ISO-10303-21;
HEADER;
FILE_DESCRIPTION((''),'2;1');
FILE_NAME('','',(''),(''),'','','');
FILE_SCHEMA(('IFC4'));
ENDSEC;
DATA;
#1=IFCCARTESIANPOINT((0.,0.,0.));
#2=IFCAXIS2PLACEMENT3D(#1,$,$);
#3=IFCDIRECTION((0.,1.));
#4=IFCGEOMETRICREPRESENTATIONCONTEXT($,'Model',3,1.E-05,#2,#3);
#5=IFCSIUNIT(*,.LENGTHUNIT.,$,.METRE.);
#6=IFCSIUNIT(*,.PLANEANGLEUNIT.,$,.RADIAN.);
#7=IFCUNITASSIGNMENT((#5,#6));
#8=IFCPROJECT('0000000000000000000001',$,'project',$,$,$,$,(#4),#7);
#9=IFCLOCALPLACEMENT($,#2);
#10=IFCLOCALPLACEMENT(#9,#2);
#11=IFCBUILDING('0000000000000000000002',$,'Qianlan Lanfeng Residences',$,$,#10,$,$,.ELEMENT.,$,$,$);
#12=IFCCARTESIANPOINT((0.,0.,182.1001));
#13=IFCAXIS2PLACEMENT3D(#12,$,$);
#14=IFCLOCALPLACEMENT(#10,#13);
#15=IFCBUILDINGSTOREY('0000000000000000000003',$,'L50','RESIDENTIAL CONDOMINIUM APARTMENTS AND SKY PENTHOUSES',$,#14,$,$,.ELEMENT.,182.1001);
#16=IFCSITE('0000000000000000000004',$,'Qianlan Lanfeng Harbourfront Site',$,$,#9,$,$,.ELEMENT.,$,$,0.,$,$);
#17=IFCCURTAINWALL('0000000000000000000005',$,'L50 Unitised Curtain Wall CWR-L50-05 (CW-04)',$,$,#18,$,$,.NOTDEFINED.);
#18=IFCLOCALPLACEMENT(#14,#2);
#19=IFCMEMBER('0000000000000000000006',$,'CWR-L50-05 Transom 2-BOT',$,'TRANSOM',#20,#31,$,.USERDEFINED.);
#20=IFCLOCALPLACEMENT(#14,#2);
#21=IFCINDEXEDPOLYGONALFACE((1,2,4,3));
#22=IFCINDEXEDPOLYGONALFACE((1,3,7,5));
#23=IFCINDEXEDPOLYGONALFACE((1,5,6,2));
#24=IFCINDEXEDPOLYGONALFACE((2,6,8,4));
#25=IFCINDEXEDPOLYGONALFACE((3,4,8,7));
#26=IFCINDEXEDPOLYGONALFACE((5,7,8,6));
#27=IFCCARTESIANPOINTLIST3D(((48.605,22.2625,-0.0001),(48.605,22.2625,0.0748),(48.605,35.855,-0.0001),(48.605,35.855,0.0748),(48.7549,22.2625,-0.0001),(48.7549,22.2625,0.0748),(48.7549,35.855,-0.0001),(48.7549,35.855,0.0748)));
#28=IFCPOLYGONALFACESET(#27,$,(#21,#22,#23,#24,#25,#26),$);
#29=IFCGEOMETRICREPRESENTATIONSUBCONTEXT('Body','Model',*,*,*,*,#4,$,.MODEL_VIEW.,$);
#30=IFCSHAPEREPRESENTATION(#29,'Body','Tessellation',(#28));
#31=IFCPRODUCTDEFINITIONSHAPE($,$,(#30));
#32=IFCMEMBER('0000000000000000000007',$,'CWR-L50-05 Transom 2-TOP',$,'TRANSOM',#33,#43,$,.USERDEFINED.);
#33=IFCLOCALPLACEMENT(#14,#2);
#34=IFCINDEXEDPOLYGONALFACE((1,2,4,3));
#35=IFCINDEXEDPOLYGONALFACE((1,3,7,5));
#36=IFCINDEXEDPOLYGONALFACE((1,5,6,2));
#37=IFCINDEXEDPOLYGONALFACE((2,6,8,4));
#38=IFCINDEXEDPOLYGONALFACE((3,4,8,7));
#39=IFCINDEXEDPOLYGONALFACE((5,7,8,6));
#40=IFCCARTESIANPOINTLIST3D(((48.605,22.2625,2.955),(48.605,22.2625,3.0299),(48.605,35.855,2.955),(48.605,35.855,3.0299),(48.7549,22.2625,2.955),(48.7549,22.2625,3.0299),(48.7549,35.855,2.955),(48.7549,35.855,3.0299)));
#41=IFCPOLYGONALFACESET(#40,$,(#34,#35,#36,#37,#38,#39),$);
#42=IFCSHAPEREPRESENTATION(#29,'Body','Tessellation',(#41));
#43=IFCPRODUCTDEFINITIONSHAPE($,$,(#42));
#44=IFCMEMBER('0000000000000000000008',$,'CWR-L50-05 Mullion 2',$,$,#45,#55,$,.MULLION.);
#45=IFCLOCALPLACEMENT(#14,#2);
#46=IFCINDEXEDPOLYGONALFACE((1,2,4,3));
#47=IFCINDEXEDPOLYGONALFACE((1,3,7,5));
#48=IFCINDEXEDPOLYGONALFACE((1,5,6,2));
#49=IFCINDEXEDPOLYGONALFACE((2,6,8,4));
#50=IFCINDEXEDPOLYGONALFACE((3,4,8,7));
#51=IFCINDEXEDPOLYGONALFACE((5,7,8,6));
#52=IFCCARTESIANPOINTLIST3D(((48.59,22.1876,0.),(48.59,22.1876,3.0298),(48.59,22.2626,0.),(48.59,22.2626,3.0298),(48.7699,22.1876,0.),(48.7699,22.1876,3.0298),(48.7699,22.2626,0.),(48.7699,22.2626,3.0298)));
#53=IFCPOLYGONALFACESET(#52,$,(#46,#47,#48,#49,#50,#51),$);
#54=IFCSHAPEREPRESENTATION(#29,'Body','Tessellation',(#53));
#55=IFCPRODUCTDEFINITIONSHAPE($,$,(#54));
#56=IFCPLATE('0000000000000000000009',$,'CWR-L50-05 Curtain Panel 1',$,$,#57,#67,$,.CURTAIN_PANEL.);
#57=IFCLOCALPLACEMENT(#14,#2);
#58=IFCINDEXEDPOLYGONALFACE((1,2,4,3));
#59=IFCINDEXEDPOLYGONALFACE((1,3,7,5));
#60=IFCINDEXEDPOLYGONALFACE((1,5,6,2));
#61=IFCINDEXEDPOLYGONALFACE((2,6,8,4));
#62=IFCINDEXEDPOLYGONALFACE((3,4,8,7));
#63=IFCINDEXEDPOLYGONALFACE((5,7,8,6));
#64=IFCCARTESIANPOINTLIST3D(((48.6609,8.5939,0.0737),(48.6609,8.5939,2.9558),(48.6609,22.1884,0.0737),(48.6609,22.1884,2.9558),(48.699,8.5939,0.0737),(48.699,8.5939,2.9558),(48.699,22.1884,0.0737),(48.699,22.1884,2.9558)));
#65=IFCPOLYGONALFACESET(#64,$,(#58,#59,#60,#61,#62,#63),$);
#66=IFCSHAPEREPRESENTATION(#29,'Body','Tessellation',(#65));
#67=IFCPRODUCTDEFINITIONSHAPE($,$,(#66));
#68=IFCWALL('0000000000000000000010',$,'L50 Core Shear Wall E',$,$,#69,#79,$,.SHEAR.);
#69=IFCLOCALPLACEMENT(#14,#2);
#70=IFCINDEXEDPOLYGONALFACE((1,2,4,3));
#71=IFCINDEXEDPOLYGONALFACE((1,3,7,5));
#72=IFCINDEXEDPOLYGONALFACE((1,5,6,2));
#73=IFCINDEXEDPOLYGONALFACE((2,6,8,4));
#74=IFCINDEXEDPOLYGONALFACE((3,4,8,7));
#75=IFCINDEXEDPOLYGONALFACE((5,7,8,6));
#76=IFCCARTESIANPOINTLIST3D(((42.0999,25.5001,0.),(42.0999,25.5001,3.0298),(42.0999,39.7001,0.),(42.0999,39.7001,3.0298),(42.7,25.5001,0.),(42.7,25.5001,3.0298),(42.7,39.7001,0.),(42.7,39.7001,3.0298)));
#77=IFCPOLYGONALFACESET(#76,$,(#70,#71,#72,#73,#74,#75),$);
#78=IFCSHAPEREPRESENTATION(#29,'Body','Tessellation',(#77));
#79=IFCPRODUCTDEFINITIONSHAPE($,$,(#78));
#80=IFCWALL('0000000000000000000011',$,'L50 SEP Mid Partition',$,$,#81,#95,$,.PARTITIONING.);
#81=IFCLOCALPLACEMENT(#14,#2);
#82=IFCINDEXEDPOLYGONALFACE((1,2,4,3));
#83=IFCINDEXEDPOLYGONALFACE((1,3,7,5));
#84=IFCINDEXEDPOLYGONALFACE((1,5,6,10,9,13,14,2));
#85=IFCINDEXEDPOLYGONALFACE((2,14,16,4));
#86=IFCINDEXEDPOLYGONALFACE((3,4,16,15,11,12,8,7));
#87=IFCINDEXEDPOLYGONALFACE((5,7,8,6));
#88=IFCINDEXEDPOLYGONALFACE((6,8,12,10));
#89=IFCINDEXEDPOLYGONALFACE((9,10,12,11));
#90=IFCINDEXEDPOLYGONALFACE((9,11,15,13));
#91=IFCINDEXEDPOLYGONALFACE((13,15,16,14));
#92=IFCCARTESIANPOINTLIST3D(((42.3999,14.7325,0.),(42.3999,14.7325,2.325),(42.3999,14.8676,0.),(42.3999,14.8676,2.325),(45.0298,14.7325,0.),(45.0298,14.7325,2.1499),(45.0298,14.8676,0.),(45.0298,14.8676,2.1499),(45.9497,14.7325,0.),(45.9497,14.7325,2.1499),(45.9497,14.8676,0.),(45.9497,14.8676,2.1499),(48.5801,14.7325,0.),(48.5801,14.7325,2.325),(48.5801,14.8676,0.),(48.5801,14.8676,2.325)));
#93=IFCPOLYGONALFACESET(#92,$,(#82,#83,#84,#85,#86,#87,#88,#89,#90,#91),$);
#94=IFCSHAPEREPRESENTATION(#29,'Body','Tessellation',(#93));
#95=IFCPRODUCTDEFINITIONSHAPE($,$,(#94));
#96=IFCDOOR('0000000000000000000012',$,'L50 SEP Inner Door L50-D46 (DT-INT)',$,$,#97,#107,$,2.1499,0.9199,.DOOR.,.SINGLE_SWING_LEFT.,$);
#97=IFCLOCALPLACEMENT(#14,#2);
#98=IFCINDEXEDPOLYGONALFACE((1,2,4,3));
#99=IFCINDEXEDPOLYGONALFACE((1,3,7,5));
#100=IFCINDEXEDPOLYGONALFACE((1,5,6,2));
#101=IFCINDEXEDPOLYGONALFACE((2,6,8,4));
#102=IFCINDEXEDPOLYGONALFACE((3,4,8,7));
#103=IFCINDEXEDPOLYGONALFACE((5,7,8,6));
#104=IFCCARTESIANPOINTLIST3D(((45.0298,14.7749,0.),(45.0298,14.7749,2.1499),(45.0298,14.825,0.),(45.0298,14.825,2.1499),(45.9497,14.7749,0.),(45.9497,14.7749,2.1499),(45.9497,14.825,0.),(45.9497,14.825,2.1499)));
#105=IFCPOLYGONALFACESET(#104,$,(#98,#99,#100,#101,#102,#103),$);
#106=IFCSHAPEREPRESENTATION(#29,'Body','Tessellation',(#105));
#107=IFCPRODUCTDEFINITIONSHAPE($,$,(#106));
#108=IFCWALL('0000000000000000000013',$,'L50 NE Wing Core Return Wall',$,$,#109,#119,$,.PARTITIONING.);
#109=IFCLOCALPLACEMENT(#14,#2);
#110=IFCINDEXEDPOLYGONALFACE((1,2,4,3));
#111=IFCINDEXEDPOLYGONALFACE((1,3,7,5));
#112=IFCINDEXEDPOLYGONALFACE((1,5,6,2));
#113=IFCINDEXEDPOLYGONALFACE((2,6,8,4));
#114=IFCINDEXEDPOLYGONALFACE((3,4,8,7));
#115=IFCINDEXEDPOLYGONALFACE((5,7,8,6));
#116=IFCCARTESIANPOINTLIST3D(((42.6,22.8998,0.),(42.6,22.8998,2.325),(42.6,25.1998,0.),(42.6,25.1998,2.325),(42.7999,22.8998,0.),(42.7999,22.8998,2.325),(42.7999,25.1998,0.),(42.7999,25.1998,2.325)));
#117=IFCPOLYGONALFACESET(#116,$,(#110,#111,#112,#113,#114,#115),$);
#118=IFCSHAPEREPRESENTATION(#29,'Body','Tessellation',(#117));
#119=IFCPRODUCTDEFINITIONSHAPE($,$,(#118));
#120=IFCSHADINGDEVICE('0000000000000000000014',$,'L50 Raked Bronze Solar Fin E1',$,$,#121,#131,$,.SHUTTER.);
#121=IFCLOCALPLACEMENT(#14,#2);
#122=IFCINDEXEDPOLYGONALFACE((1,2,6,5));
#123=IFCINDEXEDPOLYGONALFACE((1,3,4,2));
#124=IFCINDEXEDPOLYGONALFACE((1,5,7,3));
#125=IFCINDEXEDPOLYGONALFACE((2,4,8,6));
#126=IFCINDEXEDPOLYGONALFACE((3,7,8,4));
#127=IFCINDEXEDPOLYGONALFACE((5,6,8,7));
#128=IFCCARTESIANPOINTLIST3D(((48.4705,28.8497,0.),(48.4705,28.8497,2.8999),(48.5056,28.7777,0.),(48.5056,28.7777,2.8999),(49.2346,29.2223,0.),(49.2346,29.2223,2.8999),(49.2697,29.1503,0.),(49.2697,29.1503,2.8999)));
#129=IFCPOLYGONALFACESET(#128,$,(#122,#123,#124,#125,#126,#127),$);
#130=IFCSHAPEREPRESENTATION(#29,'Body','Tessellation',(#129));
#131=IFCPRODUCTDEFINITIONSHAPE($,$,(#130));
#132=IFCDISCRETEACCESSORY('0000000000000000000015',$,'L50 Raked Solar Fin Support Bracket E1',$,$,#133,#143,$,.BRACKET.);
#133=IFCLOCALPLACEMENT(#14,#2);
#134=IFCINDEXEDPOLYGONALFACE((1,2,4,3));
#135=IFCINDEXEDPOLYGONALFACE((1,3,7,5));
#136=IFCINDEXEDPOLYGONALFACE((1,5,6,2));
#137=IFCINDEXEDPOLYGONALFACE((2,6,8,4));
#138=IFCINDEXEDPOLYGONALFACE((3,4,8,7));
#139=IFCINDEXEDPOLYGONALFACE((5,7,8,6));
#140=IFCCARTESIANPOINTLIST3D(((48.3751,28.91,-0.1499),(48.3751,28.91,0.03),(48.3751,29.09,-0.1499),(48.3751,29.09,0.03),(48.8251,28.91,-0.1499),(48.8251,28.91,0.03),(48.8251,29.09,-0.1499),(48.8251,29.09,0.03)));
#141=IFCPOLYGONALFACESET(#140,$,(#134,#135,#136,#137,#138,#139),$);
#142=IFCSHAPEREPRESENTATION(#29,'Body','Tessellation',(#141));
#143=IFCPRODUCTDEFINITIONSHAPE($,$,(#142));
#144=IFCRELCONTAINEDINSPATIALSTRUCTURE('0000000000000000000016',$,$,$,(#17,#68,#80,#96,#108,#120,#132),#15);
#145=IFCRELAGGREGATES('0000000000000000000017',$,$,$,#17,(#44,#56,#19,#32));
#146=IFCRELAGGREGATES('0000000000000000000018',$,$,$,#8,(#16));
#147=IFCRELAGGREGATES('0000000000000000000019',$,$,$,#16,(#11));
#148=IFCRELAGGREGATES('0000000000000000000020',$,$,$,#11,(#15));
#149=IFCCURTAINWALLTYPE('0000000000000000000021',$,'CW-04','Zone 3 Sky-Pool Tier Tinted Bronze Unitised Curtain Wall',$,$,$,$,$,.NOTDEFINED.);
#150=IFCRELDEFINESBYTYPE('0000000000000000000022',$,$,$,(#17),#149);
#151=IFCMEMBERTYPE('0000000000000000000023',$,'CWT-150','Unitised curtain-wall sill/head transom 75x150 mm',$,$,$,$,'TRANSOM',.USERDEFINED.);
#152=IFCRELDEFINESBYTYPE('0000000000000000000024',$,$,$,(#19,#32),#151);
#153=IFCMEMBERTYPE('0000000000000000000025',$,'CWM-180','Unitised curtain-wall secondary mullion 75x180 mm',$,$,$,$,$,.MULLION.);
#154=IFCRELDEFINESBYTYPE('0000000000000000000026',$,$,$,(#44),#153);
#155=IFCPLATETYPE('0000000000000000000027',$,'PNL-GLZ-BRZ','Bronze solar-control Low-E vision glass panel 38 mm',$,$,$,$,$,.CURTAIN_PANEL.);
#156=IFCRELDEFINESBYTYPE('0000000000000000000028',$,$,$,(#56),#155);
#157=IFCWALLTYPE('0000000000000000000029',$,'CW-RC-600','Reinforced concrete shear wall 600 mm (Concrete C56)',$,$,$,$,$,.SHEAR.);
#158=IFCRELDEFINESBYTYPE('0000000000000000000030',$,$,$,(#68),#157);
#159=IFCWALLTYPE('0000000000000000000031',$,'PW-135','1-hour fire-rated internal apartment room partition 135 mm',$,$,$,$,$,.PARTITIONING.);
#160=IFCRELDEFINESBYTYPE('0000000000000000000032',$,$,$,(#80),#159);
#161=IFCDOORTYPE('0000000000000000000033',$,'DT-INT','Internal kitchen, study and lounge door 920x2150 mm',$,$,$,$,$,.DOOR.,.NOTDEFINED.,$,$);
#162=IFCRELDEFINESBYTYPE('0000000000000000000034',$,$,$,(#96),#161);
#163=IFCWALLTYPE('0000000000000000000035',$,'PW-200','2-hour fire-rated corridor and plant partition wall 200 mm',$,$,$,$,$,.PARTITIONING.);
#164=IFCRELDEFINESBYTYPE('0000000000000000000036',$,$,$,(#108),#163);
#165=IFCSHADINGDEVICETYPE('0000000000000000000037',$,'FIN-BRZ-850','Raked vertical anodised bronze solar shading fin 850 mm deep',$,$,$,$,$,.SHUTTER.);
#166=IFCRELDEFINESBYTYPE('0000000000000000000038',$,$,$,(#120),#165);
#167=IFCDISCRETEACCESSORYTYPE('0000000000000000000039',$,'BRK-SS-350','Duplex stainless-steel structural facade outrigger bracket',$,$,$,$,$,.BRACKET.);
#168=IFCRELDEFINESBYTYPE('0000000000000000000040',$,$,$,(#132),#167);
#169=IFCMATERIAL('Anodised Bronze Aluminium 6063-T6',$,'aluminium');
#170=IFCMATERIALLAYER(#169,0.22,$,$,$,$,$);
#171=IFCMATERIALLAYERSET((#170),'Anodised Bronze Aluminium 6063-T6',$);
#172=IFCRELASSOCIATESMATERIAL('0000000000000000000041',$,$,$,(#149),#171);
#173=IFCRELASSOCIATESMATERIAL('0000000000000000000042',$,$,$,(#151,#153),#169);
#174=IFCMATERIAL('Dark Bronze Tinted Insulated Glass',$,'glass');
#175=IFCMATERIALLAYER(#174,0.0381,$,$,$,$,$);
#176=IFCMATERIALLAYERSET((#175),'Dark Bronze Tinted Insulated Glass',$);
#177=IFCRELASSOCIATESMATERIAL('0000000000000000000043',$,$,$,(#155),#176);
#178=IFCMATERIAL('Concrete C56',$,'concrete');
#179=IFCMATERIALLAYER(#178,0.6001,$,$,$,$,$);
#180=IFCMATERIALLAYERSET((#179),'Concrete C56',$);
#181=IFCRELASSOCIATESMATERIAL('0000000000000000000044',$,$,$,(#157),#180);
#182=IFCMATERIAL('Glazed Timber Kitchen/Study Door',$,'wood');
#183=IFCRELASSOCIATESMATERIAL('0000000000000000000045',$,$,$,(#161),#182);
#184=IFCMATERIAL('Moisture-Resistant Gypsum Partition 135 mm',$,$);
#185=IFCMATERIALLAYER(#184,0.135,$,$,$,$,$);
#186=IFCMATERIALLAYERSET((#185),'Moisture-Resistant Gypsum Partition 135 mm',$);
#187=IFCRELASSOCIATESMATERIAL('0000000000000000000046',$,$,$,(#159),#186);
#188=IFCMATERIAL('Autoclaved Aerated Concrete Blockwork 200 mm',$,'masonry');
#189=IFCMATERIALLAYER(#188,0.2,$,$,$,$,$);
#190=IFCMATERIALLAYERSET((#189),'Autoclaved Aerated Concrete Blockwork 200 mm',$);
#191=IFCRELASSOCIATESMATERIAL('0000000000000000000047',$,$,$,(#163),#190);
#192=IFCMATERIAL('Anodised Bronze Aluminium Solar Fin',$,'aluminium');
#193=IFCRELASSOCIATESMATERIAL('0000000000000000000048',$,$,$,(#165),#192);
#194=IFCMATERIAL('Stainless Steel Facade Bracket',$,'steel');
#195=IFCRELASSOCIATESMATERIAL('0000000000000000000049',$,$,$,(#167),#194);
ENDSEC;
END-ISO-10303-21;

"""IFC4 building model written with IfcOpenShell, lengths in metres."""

from ifc_helpers import new_model, si_unit, direction, frame, frame_2d, origin, origin_2d, place, context, subcontext, project, spatial, rectangle, extrude, source, transform, mapped, material, layer, layer_set, material_profile, profile_set, type_object, element, fill, aggregate, save


model = new_model("IFC4")

# Units and contexts
model_context = context("Model", 3, precision=1e-05, world=origin(), true_north=direction((0.0, 1.0)))
body_context = subcontext(model_context, "Body", "Model", "MODEL_VIEW")
ifc_project = project(units=[si_unit("LENGTHUNIT", "METRE"), si_unit("PLANEANGLEUNIT", "RADIAN")], contexts=[model_context])

# Site, building, storey
site_placement = place(None, origin())
site = spatial("IfcSite", under=ifc_project, at=site_placement, Name="Qianlan Lanfeng Harbourfront Site", CompositionType="ELEMENT", RefElevation=0.0)
building_placement = place(site_placement, origin())
building = spatial("IfcBuilding", under=site, at=building_placement, Name="Qianlan Lanfeng Residences", CompositionType="ELEMENT")
storey_placement = place(building_placement, frame((0.0, 0.0, 182.1001)))
storey = spatial("IfcBuildingStorey", under=building, at=storey_placement, Name="L50", Description="RESIDENTIAL CONDOMINIUM APARTMENTS AND SKY PENTHOUSES", CompositionType="ELEMENT", Elevation=182.1001)

# Curtain wall, members, plate
ifc_material_1 = material(Name="Anodised Bronze Aluminium 6063-T6", Category="aluminium")
ifc_layer_1 = layer(ifc_material_1, 0.22)
ifc_layer_set_1 = layer_set([ifc_layer_1], Name="Anodised Bronze Aluminium 6063-T6")
curtain_wall_type = type_object("IfcCurtainWallType", Name="CW-04", Description="Zone 3 Sky-Pool Tier Tinted Bronze Unitised Curtain Wall", PredefinedType="NOTDEFINED", material=ifc_layer_set_1)
curtain_wall_placement = place(storey_placement, origin())
curtain_wall = element("IfcCurtainWall", 1, at=curtain_wall_placement, inside=storey, type_object=curtain_wall_type, Name="L50 Unitised Curtain Wall CWR-L50-05 (CW-04)", PredefinedType="NOTDEFINED")
ifc_material_profile_1 = material_profile(ifc_material_1, rectangle(XDim=0.075, YDim=0.1499, at=origin_2d()), Name="ALU TRANSOM 75x150")
ifc_profile_set_1 = profile_set([ifc_material_profile_1], Name="Anodised Bronze Aluminium 6063-T6")
member_type_1 = type_object("IfcMemberType", Name="CWT-150", Description="Unitised curtain-wall sill/head transom 75x150 mm", ElementType="TRANSOM", PredefinedType="USERDEFINED", material=ifc_profile_set_1)
shared_shape_1 = source(origin(), body_context, "Body", "SweptSolid", [
    extrude(rectangle(XDim=0.075, YDim=0.1499, at=origin_2d()), origin(), (0.0, 0.0, 1.0), 13.5925),
])
member_1_placement = place(storey_placement, frame((48.6799, 22.2625, 0.0374), z_axis=(0.0, 1.0, 0.0), x_axis=(0.0, 0.0, 1.0)))
member_1 = element("IfcMember", 2, at=member_1_placement, type_object=member_type_1, Name="CWR-L50-05 Transom 2-BOT", ObjectType="TRANSOM", PredefinedType="USERDEFINED", context=body_context, shape_type="MappedRepresentation", body=[
    mapped(shared_shape_1, transform((0.0, 0.0, 0.0), scale=1.0)),
])
member_2_placement = place(storey_placement, frame((48.6799, 22.2625, 2.9924), z_axis=(0.0, 1.0, 0.0), x_axis=(0.0, 0.0, 1.0)))
member_2 = element("IfcMember", 3, at=member_2_placement, type_object=member_type_1, Name="CWR-L50-05 Transom 2-TOP", ObjectType="TRANSOM", PredefinedType="USERDEFINED", context=body_context, shape_type="MappedRepresentation", body=[
    mapped(shared_shape_1, transform((0.0, 0.0, 0.0), scale=1.0)),
])
ifc_material_profile_2 = material_profile(ifc_material_1, rectangle(XDim=0.075, YDim=0.1799, at=origin_2d()), Name="ALU MULLION 75x180")
ifc_profile_set_2 = profile_set([ifc_material_profile_2], Name="Anodised Bronze Aluminium 6063-T6")
member_type_2 = type_object("IfcMemberType", Name="CWM-180", Description="Unitised curtain-wall secondary mullion 75x180 mm", PredefinedType="MULLION", material=ifc_profile_set_2)
shared_shape_2 = source(origin(), body_context, "Body", "SweptSolid", [
    extrude(rectangle(XDim=0.075, YDim=0.1799, at=origin_2d()), origin(), (0.0, 0.0, 1.0), 3.0298),
])
member_3_placement = place(storey_placement, frame((48.6799, 22.2251, 0.0), z_axis=(0.0, 0.0, 1.0), x_axis=(0.0, 1.0, 0.0)))
member_3 = element("IfcMember", 4, at=member_3_placement, type_object=member_type_2, Name="CWR-L50-05 Mullion 2", PredefinedType="MULLION", context=body_context, shape_type="MappedRepresentation", body=[
    mapped(shared_shape_2, transform((0.0, 0.0, 0.0), scale=1.0)),
])
ifc_material_2 = material(Name="Dark Bronze Tinted Insulated Glass", Category="glass")
ifc_layer_2 = layer(ifc_material_2, 0.0381)
ifc_layer_set_2 = layer_set([ifc_layer_2], Name="Dark Bronze Tinted Insulated Glass")
plate_type = type_object("IfcPlateType", Name="PNL-GLZ-BRZ", Description="Bronze solar-control Low-E vision glass panel 38 mm", PredefinedType="CURTAIN_PANEL", material=ifc_layer_set_2)
shared_shape_3 = source(origin(), body_context, "Body", "SweptSolid", [
    extrude(rectangle(XDim=13.5945, YDim=0.0381, at=origin_2d()), origin(), (0.0, 0.0, 1.0), 2.8821),
])
plate_placement = place(storey_placement, frame((48.6799, 15.3911, 0.0737), z_axis=(0.0, 0.0, 1.0), x_axis=(0.0, 1.0, 0.0)))
plate = element("IfcPlate", 5, at=plate_placement, type_object=plate_type, Name="CWR-L50-05 Curtain Panel 1", PredefinedType="CURTAIN_PANEL", context=body_context, shape_type="MappedRepresentation", body=[
    mapped(shared_shape_3, transform((0.0, 0.0, 0.0), scale=1.0)),
])
aggregate(curtain_wall, [member_3, plate, member_1, member_2])

# Wall
ifc_material_3 = material(Name="Concrete C56", Category="concrete")
ifc_layer_3 = layer(ifc_material_3, 0.6001)
ifc_layer_set_3 = layer_set([ifc_layer_3], Name="Concrete C56")
wall_type_1 = type_object("IfcWallType", Name="CW-RC-600", Description="Reinforced concrete shear wall 600 mm (Concrete C56)", PredefinedType="SHEAR", material=ifc_layer_set_3)
wall_1_placement = place(storey_placement, frame((42.3999, 25.5, 0.0), z_axis=(0.0, 0.0, 1.0), x_axis=(0.0, 1.0, 0.0)))
element("IfcWall", 6, at=wall_1_placement, inside=storey, type_object=wall_type_1, Name="L50 Core Shear Wall E", PredefinedType="SHEAR", context=body_context, shape_type="SweptSolid", body=[
    extrude(rectangle(XDim=14.2, YDim=0.6001, at=frame_2d((7.1001, 0.0))), origin(), (0.0, 0.0, 1.0), 3.0298),
])

# Wall, opening, door
ifc_material_4 = material(Name="Glazed Timber Kitchen/Study Door", Category="wood")
door_type = type_object("IfcDoorType", Name="DT-INT", Description="Internal kitchen, study and lounge door 920x2150 mm", OperationType="NOTDEFINED", PredefinedType="DOOR", material=ifc_material_4)
ifc_material_5 = material(Name="Moisture-Resistant Gypsum Partition 135 mm")
ifc_layer_4 = layer(ifc_material_5, 0.135)
ifc_layer_set_4 = layer_set([ifc_layer_4], Name="Moisture-Resistant Gypsum Partition 135 mm")
wall_type_2 = type_object("IfcWallType", Name="PW-135", Description="1-hour fire-rated internal apartment room partition 135 mm", PredefinedType="PARTITIONING", material=ifc_layer_set_4)
wall_2_placement = place(storey_placement, frame((42.3999, 14.8, 0.0), z_axis=(0.0, 0.0, 1.0), x_axis=(1.0, 0.0, 0.0)))
wall_2 = element("IfcWall", 7, at=wall_2_placement, inside=storey, type_object=wall_type_2, Name="L50 SEP Mid Partition", PredefinedType="PARTITIONING", context=body_context, shape_type="SweptSolid", body=[
    extrude(rectangle(XDim=6.1802, YDim=0.135, at=frame_2d((3.0901, 0.0))), origin(), (0.0, 0.0, 1.0), 2.325),
])
opening_1_placement = place(wall_2_placement, frame((2.6299, 0.0, 0.0)))
opening_1 = element("IfcOpeningElement", 8, at=opening_1_placement, cuts=wall_2, PredefinedType="OPENING", context=body_context, shape_type="SweptSolid", body=[
    extrude(rectangle(XDim=0.9199, YDim=2.1499, at=frame_2d((0.46, 1.075))), frame((0.0, 0.0776, 0.0), z_axis=(0.0, -1.0, 0.0), x_axis=(1.0, 0.0, 0.0)), (0.0, 0.0, 1.0), 0.155),
])
door_1_placement = place(opening_1_placement, origin())
door_1 = element("IfcDoor", 9, at=door_1_placement, inside=storey, type_object=door_type, Name="L50 SEP Inner Door L50-D46 (DT-INT)", OperationType="SINGLE_SWING_LEFT", OverallHeight=2.1499, OverallWidth=0.9199, PredefinedType="DOOR", context=body_context, shape_type="SweptSolid", body=[
    extrude(rectangle(XDim=0.9199, YDim=2.1499, at=frame_2d((0.46, 1.075))), frame((0.0, 0.0249, 0.0), z_axis=(0.0, -1.0, 0.0), x_axis=(1.0, 0.0, 0.0)), (0.0, 0.0, 1.0), 0.05),
])
fill(opening_1, door_1)
ifc_material_6 = material(Name="Autoclaved Aerated Concrete Blockwork 200 mm", Category="masonry")
ifc_layer_5 = layer(ifc_material_6, 0.2)
ifc_layer_set_5 = layer_set([ifc_layer_5], Name="Autoclaved Aerated Concrete Blockwork 200 mm")
wall_type_3 = type_object("IfcWallType", Name="PW-200", Description="2-hour fire-rated corridor and plant partition wall 200 mm", PredefinedType="PARTITIONING", material=ifc_layer_set_5)

# Wall
wall_3_placement = place(storey_placement, frame((42.7, 22.8999, 0.0), z_axis=(0.0, 0.0, 1.0), x_axis=(0.0, 1.0, 0.0)))
element("IfcWall", 10, at=wall_3_placement, inside=storey, type_object=wall_type_3, Name="L50 NE Wing Core Return Wall", PredefinedType="PARTITIONING", context=body_context, shape_type="SweptSolid", body=[
    extrude(rectangle(XDim=2.3, YDim=0.2, at=frame_2d((1.1499, 0.0))), origin(), (0.0, 0.0, 1.0), 2.325),
])

# Shading device
ifc_material_7 = material(Name="Anodised Bronze Aluminium Solar Fin", Category="aluminium")
shading_device_type = type_object("IfcShadingDeviceType", Name="FIN-BRZ-850", Description="Raked vertical anodised bronze solar shading fin 850 mm deep", PredefinedType="SHUTTER", material=ifc_material_7)
shared_shape_4 = source(origin(), body_context, "Body", "SweptSolid", [
    extrude(rectangle(XDim=0.8501, YDim=0.0801, at=origin_2d()), origin(), (0.0, 0.0, 1.0), 2.8999),
])
shading_device_placement = place(storey_placement, frame((48.8701, 29.0, 0.0), z_axis=(0.0, 0.0, 1.0), x_axis=(0.898794, 0.438371, 0.0)))
element("IfcShadingDevice", 11, at=shading_device_placement, inside=storey, type_object=shading_device_type, Name="L50 Raked Bronze Solar Fin E1", PredefinedType="SHUTTER", context=body_context, shape_type="MappedRepresentation", body=[
    mapped(shared_shape_4, transform((0.0, 0.0, 0.0), scale=1.0)),
])

# Discrete accessory
ifc_material_8 = material(Name="Stainless Steel Facade Bracket", Category="steel")
discrete_accessory_type = type_object("IfcDiscreteAccessoryType", Name="BRK-SS-350", Description="Duplex stainless-steel structural facade outrigger bracket", PredefinedType="BRACKET", material=ifc_material_8)
shared_shape_5 = source(origin(), body_context, "Body", "SweptSolid", [
    extrude(rectangle(XDim=0.45, YDim=0.1799, at=origin_2d()), origin(), (0.0, 0.0, 1.0), 0.1799),
])
discrete_accessory_placement = place(storey_placement, frame((48.6001, 29.0, -0.1499), z_axis=(0.0, 0.0, 1.0), x_axis=(1.0, 0.0, 0.0)))
element("IfcDiscreteAccessory", 12, at=discrete_accessory_placement, inside=storey, type_object=discrete_accessory_type, Name="L50 Raked Solar Fin Support Bracket E1", PredefinedType="BRACKET", context=body_context, shape_type="MappedRepresentation", body=[
    mapped(shared_shape_5, transform((0.0, 0.0, 0.0), scale=1.0)),
])

save(model, "model.ifc")
